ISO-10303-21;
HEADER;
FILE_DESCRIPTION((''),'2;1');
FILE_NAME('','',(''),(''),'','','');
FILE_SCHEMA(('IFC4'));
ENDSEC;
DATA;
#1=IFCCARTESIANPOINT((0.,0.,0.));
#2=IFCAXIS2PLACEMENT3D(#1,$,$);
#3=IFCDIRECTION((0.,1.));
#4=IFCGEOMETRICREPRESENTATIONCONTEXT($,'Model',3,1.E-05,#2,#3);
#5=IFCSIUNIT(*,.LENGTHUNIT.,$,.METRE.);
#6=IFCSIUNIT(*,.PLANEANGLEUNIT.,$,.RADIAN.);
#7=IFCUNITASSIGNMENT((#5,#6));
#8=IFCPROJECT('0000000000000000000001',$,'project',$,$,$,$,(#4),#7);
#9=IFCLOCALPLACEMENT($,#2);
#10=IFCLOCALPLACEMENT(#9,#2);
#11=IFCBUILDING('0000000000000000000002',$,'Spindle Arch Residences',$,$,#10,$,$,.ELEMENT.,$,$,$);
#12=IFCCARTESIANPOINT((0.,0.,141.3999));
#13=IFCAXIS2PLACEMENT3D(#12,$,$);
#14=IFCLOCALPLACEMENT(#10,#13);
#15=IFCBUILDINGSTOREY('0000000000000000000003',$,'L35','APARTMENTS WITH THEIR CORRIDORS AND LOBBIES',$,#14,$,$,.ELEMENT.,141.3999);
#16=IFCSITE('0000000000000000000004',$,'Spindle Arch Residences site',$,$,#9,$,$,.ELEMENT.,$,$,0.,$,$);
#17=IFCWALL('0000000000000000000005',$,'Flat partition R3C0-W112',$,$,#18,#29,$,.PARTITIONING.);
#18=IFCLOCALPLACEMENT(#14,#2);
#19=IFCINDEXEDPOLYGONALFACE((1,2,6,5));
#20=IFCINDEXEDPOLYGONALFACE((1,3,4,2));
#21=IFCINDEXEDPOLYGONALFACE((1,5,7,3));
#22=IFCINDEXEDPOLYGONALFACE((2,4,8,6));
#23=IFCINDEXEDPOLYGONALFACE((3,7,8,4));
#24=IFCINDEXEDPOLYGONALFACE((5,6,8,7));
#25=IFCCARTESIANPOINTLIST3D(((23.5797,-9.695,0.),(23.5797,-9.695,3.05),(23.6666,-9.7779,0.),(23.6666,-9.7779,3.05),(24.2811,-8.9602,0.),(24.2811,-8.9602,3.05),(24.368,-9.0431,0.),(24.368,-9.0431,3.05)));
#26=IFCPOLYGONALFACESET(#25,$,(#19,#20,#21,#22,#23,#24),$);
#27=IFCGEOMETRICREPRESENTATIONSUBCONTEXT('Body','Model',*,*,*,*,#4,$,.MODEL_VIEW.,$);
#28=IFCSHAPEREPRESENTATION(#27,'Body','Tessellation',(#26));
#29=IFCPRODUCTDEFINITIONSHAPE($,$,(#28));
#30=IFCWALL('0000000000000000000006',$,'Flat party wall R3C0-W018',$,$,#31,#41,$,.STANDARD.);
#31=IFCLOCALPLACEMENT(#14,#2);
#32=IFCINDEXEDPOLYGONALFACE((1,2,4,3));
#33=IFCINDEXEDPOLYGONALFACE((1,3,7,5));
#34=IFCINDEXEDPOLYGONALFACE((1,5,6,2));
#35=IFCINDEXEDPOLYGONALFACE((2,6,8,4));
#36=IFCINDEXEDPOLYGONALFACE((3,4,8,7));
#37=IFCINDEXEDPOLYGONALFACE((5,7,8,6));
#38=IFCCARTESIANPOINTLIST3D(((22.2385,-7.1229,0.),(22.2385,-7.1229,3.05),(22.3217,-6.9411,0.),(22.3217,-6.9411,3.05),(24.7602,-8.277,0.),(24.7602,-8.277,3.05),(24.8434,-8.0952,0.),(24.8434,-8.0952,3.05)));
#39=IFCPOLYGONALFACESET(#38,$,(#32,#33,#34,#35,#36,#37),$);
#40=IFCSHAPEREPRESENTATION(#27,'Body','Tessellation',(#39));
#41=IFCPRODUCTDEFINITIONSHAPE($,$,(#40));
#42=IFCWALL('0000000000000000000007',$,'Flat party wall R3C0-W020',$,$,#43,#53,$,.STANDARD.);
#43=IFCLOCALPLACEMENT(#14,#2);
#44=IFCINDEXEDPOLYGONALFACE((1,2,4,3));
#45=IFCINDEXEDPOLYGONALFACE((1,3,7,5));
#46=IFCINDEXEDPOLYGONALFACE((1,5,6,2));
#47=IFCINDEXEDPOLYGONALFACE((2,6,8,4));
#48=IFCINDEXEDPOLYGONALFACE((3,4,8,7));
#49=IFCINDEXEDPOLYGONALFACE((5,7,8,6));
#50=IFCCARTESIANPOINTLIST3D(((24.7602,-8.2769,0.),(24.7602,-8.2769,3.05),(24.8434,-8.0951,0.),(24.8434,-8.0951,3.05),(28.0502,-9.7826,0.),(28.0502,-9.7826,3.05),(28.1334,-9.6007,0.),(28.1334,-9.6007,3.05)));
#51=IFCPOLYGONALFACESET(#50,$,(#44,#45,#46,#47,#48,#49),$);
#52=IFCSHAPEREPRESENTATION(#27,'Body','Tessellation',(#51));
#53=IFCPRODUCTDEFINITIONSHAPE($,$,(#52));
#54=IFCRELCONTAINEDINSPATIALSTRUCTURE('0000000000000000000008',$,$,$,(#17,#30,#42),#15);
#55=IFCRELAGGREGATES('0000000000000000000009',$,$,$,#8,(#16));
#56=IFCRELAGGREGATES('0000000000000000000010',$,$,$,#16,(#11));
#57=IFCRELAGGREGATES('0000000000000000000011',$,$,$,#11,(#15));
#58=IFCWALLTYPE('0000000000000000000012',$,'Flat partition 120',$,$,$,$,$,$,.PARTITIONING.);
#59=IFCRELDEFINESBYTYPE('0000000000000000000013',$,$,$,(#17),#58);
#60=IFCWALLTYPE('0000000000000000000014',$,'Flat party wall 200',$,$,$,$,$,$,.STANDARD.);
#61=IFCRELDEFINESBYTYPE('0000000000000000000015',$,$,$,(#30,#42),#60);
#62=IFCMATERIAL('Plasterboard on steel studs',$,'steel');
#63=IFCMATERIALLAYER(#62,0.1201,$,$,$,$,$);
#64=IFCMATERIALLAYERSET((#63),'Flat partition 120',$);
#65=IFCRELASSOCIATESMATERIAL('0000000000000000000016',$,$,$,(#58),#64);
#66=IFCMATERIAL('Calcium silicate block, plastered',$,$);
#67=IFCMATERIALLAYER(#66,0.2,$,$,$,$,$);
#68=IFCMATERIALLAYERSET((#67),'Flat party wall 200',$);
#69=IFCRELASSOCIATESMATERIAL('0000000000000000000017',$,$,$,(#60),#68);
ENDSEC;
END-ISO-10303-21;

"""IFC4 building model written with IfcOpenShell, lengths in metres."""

from ifc_helpers import new_model, si_unit, direction, frame, frame_2d, origin, place, context, subcontext, project, spatial, rectangle, extrude, material, layer, layer_set, type_object, element, save


model = new_model("IFC4")

# Units and contexts
model_context = context("Model", 3, precision=1e-05, world=origin(), true_north=direction((0.0, 1.0)))
body_context = subcontext(model_context, "Body", "Model", "MODEL_VIEW")
ifc_project = project(units=[si_unit("LENGTHUNIT", "METRE"), si_unit("PLANEANGLEUNIT", "RADIAN")], contexts=[model_context])

# Site, building, storey
site_placement = place(None, origin())
site = spatial("IfcSite", under=ifc_project, at=site_placement, Name="Spindle Arch Residences site", CompositionType="ELEMENT", RefElevation=0.0)
building_placement = place(site_placement, origin())
building = spatial("IfcBuilding", under=site, at=building_placement, Name="Spindle Arch Residences", CompositionType="ELEMENT")
storey_placement = place(building_placement, frame((0.0, 0.0, 141.3999)))
storey = spatial("IfcBuildingStorey", under=building, at=storey_placement, Name="L35", Description="APARTMENTS WITH THEIR CORRIDORS AND LOBBIES", CompositionType="ELEMENT", Elevation=141.3999)

# Shared definitions
ifc_material_1 = material(Name="Plasterboard on steel studs", Category="steel")
ifc_layer_1 = layer(ifc_material_1, 0.1201)
ifc_layer_set_1 = layer_set([ifc_layer_1], Name="Flat partition 120")
wall_type_1 = type_object("IfcWallType", Name="Flat partition 120", PredefinedType="PARTITIONING", material=ifc_layer_set_1)

# Walls
wall_1_placement = place(storey_placement, frame((24.3245, -9.0017, 0.0), z_axis=(0.0, 0.0, 1.0), x_axis=(-0.690453, -0.723377, 0.0)))
element("IfcWall", 1, at=wall_1_placement, inside=storey, type_object=wall_type_1, Name="Flat partition R3C0-W112", PredefinedType="PARTITIONING", context=body_context, shape_type="SweptSolid", body=[
    extrude(rectangle(XDim=1.0159, YDim=0.1201, at=frame_2d((0.5078, 0.0))), origin(), (0.0, 0.0, 1.0), 3.05),
])
ifc_material_2 = material(Name="Calcium silicate block, plastered")
ifc_layer_2 = layer(ifc_material_2, 0.2)
ifc_layer_set_2 = layer_set([ifc_layer_2], Name="Flat party wall 200")
wall_type_2 = type_object("IfcWallType", Name="Flat party wall 200", PredefinedType="STANDARD", material=ifc_layer_set_2)
wall_2_placement = place(storey_placement, frame((22.28, -7.032, 0.0), z_axis=(0.0, 0.0, 1.0), x_axis=(0.909302, -0.416136, 0.0)))
element("IfcWall", 2, at=wall_2_placement, inside=storey, type_object=wall_type_2, Name="Flat party wall R3C0-W018", PredefinedType="STANDARD", context=body_context, shape_type="SweptSolid", body=[
    extrude(rectangle(XDim=2.7732, YDim=0.2, at=frame_2d((1.3867, 0.0))), origin(), (0.0, 0.0, 1.0), 3.05),
])
wall_3_placement = place(storey_placement, frame((24.8018, -8.186, 0.0), z_axis=(0.0, 0.0, 1.0), x_axis=(0.909307, -0.416125, 0.0)))
element("IfcWall", 3, at=wall_3_placement, inside=storey, type_object=wall_type_2, Name="Flat party wall R3C0-W020", PredefinedType="STANDARD", context=body_context, shape_type="SweptSolid", body=[
    extrude(rectangle(XDim=3.6182, YDim=0.2, at=frame_2d((1.8091, 0.0))), origin(), (0.0, 0.0, 1.0), 3.05),
])

save(model, "model.ifc")
